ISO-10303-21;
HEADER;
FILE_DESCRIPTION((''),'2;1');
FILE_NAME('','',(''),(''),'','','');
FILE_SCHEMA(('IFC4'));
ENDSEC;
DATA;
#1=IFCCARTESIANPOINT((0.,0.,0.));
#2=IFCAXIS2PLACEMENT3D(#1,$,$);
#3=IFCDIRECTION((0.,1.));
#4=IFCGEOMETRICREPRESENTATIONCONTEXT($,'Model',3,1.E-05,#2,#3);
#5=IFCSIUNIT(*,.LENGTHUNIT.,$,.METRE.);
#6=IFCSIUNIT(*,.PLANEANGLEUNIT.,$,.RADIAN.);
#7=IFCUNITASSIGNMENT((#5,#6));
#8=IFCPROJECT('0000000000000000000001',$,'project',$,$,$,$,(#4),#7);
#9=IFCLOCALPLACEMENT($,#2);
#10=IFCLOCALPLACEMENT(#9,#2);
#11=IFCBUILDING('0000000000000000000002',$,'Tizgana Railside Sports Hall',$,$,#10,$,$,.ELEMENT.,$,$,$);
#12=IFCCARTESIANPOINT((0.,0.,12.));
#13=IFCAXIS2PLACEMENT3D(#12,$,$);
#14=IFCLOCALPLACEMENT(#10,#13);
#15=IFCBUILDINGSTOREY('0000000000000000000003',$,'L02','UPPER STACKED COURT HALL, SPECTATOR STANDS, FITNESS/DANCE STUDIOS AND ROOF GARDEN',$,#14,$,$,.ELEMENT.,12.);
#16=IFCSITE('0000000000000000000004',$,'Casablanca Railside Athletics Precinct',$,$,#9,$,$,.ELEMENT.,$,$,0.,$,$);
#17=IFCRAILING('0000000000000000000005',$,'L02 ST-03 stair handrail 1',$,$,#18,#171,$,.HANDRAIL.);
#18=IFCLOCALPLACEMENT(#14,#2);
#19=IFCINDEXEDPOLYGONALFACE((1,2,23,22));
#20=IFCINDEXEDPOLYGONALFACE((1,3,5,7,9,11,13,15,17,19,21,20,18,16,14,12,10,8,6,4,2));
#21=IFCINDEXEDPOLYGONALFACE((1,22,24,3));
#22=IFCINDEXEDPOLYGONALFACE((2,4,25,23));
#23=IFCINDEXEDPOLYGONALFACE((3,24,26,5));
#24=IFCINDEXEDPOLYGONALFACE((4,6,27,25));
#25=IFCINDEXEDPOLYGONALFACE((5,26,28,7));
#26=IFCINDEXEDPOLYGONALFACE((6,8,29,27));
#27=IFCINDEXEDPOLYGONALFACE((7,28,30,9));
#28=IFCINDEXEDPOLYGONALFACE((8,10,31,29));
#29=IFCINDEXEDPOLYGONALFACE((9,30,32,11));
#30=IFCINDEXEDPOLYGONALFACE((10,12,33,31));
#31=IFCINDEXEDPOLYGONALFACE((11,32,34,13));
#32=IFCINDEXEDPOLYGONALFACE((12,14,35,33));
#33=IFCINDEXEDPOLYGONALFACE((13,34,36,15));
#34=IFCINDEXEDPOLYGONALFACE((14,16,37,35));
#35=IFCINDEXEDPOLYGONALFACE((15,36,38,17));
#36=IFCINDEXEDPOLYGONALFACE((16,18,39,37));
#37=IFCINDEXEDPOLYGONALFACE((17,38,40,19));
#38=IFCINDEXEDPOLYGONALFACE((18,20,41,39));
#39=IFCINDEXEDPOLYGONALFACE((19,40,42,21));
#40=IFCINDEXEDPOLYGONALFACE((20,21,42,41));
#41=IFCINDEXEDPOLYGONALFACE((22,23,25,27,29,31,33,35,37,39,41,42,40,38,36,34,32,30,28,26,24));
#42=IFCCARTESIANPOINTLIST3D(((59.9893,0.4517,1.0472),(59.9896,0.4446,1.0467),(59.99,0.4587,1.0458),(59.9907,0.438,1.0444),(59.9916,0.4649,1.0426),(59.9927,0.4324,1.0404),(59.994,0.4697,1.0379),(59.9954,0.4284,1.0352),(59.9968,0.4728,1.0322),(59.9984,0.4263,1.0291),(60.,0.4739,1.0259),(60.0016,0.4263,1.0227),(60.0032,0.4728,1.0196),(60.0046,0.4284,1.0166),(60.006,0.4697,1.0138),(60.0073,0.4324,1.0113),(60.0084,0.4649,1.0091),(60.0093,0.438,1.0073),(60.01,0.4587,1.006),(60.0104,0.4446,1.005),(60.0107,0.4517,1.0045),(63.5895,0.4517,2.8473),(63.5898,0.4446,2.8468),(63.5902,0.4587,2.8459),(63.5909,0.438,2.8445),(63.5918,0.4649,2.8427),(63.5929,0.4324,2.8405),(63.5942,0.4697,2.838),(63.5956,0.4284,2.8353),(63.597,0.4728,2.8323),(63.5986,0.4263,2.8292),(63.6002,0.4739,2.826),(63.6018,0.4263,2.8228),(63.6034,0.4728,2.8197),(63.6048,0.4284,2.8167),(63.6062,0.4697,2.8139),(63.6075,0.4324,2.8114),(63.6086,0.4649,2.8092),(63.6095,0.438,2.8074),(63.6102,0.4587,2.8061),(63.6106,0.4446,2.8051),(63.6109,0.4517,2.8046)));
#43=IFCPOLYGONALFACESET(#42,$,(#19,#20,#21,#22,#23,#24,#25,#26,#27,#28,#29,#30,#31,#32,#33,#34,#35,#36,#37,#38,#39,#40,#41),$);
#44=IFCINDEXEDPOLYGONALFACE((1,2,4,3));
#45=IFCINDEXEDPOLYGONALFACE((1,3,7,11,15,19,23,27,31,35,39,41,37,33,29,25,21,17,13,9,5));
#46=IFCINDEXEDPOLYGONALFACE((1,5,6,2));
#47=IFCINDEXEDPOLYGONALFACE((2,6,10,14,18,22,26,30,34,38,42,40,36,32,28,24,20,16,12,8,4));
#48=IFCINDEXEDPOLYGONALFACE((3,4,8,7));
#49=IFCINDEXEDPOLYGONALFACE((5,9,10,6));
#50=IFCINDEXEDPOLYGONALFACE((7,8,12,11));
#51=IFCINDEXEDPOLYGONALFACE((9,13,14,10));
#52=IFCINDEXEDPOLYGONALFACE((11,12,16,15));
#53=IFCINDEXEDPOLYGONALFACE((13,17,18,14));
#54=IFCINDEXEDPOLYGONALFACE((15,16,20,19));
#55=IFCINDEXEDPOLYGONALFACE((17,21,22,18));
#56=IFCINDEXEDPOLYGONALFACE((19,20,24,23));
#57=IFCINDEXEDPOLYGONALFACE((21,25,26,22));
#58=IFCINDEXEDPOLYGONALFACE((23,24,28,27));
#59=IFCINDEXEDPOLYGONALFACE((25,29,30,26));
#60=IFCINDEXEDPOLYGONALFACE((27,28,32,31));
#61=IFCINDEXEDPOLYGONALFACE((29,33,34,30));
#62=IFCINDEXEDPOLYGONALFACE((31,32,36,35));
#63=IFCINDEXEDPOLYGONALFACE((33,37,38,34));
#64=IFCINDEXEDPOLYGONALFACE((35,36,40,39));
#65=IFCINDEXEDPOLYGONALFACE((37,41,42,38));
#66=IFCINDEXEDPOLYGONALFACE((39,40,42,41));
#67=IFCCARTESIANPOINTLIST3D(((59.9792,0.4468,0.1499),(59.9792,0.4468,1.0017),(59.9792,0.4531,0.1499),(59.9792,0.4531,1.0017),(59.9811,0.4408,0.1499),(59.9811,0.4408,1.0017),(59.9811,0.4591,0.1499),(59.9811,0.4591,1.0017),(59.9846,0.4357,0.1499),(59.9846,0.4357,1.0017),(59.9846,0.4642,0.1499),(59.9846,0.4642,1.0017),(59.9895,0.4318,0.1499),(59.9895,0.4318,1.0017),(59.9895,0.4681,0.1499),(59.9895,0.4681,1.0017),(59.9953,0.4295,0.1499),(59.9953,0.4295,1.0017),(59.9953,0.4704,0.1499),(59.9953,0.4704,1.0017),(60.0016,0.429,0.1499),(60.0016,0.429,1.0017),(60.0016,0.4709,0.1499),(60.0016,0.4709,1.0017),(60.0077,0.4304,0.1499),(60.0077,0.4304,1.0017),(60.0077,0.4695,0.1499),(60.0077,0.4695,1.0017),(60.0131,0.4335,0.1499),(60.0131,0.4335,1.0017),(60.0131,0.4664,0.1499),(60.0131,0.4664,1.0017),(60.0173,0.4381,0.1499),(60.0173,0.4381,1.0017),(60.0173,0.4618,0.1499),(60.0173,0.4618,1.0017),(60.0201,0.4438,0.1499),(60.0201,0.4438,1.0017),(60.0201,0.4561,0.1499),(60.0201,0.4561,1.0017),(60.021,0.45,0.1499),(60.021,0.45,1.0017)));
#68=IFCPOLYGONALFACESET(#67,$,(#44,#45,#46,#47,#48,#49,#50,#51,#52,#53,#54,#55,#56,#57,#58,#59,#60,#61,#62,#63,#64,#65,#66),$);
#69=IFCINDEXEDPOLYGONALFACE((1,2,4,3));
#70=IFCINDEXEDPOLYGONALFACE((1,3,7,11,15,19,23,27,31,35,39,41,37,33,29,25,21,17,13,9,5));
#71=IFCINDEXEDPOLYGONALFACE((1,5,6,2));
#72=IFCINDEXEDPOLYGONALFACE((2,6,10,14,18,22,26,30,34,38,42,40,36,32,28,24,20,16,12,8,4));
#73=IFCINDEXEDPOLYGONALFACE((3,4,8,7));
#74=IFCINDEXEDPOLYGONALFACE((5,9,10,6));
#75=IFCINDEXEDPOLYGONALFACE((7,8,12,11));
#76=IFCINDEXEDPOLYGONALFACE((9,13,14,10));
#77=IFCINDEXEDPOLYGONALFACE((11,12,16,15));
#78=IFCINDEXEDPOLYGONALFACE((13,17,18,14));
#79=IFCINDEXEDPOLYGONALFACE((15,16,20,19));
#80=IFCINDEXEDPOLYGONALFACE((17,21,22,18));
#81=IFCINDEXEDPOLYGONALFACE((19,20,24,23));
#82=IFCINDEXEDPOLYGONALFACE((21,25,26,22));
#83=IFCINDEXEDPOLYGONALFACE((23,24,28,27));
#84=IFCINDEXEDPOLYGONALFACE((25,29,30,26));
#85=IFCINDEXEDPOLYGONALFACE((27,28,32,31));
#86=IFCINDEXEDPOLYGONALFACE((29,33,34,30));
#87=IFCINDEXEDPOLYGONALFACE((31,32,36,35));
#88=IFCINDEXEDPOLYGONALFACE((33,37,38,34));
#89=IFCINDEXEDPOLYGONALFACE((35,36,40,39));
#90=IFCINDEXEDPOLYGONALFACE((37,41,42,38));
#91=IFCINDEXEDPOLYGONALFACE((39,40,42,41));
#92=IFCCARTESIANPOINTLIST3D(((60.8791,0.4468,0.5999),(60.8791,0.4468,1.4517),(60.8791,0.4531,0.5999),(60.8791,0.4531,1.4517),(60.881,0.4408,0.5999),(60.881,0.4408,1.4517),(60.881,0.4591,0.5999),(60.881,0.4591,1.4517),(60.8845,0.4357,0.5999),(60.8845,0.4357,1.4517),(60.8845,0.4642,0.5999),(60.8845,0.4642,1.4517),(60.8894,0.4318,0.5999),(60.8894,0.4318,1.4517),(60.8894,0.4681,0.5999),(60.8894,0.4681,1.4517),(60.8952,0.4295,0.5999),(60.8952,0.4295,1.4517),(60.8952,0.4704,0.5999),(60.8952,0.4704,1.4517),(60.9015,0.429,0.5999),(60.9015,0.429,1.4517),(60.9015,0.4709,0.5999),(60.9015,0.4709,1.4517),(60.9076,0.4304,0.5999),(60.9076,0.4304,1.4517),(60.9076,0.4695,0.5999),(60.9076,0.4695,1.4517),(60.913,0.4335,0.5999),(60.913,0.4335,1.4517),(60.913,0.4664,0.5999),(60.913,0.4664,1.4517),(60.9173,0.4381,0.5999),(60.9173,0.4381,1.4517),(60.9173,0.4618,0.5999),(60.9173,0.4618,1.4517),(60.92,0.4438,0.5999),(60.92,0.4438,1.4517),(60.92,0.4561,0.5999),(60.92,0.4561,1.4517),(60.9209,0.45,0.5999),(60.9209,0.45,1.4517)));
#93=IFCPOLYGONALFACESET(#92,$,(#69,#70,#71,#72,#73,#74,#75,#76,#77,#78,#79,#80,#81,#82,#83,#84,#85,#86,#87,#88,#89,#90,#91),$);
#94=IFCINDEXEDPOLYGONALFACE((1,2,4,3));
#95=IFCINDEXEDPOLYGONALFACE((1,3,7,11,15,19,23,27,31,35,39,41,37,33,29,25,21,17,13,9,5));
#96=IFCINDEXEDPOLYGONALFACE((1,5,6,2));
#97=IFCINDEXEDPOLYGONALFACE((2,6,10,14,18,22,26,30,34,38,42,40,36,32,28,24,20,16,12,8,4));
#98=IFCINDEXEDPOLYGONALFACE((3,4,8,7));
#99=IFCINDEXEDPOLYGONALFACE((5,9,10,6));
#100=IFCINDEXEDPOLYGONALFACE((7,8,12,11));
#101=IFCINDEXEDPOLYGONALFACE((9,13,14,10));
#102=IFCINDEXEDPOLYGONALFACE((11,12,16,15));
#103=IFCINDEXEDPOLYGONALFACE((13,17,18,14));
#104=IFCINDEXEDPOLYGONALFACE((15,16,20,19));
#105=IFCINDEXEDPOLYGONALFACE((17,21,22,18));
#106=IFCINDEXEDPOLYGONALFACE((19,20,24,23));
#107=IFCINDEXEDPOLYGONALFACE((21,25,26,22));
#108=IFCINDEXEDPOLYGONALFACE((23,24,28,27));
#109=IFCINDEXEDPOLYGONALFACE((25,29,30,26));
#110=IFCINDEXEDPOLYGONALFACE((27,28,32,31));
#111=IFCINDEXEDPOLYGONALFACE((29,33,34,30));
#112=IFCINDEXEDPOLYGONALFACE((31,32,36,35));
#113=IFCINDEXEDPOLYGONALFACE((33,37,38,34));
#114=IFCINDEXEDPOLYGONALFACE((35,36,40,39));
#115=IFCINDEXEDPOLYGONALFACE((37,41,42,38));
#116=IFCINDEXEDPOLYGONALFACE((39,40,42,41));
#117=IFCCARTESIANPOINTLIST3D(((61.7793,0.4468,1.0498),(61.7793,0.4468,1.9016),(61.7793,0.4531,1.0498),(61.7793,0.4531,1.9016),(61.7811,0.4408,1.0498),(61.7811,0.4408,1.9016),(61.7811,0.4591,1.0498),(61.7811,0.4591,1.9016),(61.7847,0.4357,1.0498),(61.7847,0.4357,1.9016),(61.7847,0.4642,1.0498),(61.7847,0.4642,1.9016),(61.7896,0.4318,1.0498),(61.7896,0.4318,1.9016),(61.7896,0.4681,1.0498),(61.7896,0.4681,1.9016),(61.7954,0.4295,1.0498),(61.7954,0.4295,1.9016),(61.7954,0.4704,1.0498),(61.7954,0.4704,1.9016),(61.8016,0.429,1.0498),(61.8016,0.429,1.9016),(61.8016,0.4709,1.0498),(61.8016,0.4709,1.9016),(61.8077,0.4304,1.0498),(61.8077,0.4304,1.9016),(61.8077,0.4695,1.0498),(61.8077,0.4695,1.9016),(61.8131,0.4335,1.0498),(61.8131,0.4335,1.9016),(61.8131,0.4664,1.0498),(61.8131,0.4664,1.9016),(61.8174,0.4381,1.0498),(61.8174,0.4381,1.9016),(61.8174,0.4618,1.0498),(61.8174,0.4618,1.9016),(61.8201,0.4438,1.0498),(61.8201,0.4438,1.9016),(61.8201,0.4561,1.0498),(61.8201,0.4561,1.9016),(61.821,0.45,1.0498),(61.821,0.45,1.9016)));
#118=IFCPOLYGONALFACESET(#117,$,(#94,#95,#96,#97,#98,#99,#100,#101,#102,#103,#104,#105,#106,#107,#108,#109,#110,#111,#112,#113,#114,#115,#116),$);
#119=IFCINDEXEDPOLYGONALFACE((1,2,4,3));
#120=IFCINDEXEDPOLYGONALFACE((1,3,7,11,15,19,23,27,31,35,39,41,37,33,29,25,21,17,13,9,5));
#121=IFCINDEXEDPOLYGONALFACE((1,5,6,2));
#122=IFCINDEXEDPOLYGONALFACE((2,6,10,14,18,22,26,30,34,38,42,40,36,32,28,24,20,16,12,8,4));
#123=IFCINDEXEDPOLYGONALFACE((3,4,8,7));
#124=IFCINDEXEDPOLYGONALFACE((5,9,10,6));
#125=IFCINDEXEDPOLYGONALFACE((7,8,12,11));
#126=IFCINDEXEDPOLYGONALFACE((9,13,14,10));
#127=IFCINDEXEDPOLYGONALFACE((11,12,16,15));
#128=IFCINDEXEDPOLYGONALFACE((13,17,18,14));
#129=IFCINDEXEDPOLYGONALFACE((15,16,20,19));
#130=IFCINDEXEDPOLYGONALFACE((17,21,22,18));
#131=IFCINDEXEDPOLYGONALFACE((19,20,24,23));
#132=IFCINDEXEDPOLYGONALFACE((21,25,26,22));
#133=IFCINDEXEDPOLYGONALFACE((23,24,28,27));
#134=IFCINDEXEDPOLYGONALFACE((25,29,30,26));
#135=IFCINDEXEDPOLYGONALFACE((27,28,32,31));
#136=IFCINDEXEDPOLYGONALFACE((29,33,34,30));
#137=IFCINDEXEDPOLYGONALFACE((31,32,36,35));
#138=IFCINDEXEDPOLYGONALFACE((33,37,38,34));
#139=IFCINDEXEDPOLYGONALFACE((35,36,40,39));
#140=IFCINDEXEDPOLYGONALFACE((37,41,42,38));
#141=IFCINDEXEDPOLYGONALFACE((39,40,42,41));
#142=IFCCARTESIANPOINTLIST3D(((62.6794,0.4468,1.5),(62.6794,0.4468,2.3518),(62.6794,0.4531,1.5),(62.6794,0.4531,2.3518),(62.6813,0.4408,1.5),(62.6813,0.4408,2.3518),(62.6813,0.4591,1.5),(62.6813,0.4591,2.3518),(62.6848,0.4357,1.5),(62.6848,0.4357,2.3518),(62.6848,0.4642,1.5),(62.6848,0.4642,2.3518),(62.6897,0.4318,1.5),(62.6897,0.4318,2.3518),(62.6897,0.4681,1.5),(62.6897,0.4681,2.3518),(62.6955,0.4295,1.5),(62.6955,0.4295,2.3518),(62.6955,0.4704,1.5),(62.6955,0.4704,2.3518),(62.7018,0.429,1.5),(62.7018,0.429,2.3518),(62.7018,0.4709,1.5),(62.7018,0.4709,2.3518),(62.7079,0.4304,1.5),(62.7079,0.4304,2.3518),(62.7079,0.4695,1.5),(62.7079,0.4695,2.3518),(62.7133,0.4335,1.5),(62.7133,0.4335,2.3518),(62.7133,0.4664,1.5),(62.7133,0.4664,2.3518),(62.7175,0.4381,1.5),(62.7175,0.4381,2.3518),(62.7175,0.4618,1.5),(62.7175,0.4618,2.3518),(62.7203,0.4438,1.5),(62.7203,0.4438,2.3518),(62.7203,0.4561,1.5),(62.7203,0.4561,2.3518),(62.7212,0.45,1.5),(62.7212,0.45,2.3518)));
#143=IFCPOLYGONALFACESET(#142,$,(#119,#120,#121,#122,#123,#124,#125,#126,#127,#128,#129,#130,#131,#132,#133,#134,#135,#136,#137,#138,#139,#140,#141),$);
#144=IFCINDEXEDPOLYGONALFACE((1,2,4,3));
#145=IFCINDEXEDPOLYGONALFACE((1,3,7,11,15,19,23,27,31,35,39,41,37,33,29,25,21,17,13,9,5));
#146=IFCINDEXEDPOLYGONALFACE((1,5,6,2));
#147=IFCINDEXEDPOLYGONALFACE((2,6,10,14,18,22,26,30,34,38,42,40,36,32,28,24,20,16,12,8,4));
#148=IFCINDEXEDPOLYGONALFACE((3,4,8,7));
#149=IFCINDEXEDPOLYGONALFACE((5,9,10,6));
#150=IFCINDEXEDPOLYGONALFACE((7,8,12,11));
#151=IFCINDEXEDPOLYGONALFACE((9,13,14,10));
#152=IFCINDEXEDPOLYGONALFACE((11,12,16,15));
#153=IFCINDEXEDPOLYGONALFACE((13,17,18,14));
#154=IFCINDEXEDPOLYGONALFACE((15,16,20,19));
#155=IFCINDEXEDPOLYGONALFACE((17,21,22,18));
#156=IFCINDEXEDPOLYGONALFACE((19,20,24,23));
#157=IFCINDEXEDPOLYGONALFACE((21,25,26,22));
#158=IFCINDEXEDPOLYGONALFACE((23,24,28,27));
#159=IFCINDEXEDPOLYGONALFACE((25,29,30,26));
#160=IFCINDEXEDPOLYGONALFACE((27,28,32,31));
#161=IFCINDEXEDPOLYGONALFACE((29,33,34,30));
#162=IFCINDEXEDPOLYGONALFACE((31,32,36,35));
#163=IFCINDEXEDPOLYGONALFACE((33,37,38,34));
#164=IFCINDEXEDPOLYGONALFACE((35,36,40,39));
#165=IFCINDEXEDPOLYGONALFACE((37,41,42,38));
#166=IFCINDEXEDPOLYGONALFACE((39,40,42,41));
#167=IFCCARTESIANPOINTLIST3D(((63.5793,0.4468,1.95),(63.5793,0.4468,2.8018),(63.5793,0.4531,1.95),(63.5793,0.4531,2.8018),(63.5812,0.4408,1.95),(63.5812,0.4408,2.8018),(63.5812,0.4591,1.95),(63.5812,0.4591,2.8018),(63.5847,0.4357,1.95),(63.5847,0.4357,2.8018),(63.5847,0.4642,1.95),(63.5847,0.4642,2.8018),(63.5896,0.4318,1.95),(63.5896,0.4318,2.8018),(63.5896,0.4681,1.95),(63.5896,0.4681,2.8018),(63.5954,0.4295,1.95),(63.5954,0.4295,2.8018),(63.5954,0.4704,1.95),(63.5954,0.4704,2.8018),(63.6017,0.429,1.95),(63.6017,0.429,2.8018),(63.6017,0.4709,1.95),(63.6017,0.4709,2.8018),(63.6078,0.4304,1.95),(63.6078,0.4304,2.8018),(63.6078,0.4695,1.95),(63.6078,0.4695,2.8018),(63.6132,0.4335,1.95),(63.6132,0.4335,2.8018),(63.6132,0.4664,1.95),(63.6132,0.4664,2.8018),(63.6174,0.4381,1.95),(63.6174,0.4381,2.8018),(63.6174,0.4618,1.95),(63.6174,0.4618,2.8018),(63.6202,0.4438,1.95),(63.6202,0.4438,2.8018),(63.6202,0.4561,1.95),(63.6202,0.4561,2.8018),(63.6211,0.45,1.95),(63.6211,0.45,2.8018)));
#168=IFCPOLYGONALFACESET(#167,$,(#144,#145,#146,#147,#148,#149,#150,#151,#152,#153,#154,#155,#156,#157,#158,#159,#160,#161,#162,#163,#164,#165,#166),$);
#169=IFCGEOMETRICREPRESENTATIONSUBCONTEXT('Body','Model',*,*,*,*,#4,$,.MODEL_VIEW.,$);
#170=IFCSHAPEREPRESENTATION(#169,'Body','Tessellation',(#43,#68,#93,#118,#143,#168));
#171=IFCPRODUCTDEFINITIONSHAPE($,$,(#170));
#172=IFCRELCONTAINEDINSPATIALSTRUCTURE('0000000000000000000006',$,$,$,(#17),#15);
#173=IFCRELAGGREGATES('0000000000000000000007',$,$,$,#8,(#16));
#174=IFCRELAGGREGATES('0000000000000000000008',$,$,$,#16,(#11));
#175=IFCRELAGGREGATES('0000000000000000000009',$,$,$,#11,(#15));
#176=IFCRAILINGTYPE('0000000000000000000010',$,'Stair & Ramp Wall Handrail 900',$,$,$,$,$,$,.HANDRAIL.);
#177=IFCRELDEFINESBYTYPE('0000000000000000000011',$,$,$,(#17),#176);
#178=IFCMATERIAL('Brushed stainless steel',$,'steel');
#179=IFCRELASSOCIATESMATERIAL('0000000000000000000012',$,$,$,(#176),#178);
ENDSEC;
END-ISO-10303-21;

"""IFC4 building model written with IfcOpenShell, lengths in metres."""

from ifc_helpers import new_model, si_unit, direction, frame, origin, origin_2d, place, context, subcontext, project, spatial, circle, extrude, material, type_object, element, save


model = new_model("IFC4")

# Units and contexts
model_context = context("Model", 3, precision=1e-05, world=origin(), true_north=direction((0.0, 1.0)))
body_context = subcontext(model_context, "Body", "Model", "MODEL_VIEW")
ifc_project = project(units=[si_unit("LENGTHUNIT", "METRE"), si_unit("PLANEANGLEUNIT", "RADIAN")], contexts=[model_context])

# Site, building, storey
site_placement = place(None, origin())
site = spatial("IfcSite", under=ifc_project, at=site_placement, Name="Casablanca Railside Athletics Precinct", CompositionType="ELEMENT", RefElevation=0.0)
building_placement = place(site_placement, origin())
building = spatial("IfcBuilding", under=site, at=building_placement, Name="Tizgana Railside Sports Hall", CompositionType="ELEMENT")
storey_placement = place(building_placement, frame((0.0, 0.0, 12.0)))
storey = spatial("IfcBuildingStorey", under=building, at=storey_placement, Name="L02", Description="UPPER STACKED COURT HALL, SPECTATOR STANDS, FITNESS/DANCE STUDIOS AND ROOF GARDEN", CompositionType="ELEMENT", Elevation=12.0)

# Railing
ifc_material_1 = material(Name="Brushed stainless steel", Category="steel")
railing_type_1 = type_object("IfcRailingType", Name="Stair & Ramp Wall Handrail 900", PredefinedType="HANDRAIL", material=ifc_material_1)
railing_1_placement = place(storey_placement, frame((60.0, 0.45, 0.1499)))
element("IfcRailing", 1, at=railing_1_placement, inside=storey, type_object=railing_type_1, Name="L02 ST-03 stair handrail 1", PredefinedType="HANDRAIL", context=body_context, shape_type="SweptSolid", body=[
    extrude(circle(Radius=0.0239, at=origin_2d()), frame((0.0, 0.0, 0.876), z_axis=(0.894427, 0.0, 0.447214), x_axis=(0.0, 1.0, 0.0)), (0.0, 0.0, 1.0), 4.0251),
    extrude(circle(Radius=0.021, at=origin_2d()), origin(), (0.0, 0.0, 1.0), 0.8518),
    extrude(circle(Radius=0.021, at=origin_2d()), frame((0.8999, 0.0, 0.45)), (0.0, 0.0, 1.0), 0.8518),
    extrude(circle(Radius=0.021, at=origin_2d()), frame((1.8, 0.0, 0.8999)), (0.0, 0.0, 1.0), 0.8518),
    extrude(circle(Radius=0.021, at=origin_2d()), frame((2.7002, 0.0, 1.3501)), (0.0, 0.0, 1.0), 0.8518),
    extrude(circle(Radius=0.021, at=origin_2d()), frame((3.6001, 0.0, 1.8)), (0.0, 0.0, 1.0), 0.8518),
])

save(model, "model.ifc")
